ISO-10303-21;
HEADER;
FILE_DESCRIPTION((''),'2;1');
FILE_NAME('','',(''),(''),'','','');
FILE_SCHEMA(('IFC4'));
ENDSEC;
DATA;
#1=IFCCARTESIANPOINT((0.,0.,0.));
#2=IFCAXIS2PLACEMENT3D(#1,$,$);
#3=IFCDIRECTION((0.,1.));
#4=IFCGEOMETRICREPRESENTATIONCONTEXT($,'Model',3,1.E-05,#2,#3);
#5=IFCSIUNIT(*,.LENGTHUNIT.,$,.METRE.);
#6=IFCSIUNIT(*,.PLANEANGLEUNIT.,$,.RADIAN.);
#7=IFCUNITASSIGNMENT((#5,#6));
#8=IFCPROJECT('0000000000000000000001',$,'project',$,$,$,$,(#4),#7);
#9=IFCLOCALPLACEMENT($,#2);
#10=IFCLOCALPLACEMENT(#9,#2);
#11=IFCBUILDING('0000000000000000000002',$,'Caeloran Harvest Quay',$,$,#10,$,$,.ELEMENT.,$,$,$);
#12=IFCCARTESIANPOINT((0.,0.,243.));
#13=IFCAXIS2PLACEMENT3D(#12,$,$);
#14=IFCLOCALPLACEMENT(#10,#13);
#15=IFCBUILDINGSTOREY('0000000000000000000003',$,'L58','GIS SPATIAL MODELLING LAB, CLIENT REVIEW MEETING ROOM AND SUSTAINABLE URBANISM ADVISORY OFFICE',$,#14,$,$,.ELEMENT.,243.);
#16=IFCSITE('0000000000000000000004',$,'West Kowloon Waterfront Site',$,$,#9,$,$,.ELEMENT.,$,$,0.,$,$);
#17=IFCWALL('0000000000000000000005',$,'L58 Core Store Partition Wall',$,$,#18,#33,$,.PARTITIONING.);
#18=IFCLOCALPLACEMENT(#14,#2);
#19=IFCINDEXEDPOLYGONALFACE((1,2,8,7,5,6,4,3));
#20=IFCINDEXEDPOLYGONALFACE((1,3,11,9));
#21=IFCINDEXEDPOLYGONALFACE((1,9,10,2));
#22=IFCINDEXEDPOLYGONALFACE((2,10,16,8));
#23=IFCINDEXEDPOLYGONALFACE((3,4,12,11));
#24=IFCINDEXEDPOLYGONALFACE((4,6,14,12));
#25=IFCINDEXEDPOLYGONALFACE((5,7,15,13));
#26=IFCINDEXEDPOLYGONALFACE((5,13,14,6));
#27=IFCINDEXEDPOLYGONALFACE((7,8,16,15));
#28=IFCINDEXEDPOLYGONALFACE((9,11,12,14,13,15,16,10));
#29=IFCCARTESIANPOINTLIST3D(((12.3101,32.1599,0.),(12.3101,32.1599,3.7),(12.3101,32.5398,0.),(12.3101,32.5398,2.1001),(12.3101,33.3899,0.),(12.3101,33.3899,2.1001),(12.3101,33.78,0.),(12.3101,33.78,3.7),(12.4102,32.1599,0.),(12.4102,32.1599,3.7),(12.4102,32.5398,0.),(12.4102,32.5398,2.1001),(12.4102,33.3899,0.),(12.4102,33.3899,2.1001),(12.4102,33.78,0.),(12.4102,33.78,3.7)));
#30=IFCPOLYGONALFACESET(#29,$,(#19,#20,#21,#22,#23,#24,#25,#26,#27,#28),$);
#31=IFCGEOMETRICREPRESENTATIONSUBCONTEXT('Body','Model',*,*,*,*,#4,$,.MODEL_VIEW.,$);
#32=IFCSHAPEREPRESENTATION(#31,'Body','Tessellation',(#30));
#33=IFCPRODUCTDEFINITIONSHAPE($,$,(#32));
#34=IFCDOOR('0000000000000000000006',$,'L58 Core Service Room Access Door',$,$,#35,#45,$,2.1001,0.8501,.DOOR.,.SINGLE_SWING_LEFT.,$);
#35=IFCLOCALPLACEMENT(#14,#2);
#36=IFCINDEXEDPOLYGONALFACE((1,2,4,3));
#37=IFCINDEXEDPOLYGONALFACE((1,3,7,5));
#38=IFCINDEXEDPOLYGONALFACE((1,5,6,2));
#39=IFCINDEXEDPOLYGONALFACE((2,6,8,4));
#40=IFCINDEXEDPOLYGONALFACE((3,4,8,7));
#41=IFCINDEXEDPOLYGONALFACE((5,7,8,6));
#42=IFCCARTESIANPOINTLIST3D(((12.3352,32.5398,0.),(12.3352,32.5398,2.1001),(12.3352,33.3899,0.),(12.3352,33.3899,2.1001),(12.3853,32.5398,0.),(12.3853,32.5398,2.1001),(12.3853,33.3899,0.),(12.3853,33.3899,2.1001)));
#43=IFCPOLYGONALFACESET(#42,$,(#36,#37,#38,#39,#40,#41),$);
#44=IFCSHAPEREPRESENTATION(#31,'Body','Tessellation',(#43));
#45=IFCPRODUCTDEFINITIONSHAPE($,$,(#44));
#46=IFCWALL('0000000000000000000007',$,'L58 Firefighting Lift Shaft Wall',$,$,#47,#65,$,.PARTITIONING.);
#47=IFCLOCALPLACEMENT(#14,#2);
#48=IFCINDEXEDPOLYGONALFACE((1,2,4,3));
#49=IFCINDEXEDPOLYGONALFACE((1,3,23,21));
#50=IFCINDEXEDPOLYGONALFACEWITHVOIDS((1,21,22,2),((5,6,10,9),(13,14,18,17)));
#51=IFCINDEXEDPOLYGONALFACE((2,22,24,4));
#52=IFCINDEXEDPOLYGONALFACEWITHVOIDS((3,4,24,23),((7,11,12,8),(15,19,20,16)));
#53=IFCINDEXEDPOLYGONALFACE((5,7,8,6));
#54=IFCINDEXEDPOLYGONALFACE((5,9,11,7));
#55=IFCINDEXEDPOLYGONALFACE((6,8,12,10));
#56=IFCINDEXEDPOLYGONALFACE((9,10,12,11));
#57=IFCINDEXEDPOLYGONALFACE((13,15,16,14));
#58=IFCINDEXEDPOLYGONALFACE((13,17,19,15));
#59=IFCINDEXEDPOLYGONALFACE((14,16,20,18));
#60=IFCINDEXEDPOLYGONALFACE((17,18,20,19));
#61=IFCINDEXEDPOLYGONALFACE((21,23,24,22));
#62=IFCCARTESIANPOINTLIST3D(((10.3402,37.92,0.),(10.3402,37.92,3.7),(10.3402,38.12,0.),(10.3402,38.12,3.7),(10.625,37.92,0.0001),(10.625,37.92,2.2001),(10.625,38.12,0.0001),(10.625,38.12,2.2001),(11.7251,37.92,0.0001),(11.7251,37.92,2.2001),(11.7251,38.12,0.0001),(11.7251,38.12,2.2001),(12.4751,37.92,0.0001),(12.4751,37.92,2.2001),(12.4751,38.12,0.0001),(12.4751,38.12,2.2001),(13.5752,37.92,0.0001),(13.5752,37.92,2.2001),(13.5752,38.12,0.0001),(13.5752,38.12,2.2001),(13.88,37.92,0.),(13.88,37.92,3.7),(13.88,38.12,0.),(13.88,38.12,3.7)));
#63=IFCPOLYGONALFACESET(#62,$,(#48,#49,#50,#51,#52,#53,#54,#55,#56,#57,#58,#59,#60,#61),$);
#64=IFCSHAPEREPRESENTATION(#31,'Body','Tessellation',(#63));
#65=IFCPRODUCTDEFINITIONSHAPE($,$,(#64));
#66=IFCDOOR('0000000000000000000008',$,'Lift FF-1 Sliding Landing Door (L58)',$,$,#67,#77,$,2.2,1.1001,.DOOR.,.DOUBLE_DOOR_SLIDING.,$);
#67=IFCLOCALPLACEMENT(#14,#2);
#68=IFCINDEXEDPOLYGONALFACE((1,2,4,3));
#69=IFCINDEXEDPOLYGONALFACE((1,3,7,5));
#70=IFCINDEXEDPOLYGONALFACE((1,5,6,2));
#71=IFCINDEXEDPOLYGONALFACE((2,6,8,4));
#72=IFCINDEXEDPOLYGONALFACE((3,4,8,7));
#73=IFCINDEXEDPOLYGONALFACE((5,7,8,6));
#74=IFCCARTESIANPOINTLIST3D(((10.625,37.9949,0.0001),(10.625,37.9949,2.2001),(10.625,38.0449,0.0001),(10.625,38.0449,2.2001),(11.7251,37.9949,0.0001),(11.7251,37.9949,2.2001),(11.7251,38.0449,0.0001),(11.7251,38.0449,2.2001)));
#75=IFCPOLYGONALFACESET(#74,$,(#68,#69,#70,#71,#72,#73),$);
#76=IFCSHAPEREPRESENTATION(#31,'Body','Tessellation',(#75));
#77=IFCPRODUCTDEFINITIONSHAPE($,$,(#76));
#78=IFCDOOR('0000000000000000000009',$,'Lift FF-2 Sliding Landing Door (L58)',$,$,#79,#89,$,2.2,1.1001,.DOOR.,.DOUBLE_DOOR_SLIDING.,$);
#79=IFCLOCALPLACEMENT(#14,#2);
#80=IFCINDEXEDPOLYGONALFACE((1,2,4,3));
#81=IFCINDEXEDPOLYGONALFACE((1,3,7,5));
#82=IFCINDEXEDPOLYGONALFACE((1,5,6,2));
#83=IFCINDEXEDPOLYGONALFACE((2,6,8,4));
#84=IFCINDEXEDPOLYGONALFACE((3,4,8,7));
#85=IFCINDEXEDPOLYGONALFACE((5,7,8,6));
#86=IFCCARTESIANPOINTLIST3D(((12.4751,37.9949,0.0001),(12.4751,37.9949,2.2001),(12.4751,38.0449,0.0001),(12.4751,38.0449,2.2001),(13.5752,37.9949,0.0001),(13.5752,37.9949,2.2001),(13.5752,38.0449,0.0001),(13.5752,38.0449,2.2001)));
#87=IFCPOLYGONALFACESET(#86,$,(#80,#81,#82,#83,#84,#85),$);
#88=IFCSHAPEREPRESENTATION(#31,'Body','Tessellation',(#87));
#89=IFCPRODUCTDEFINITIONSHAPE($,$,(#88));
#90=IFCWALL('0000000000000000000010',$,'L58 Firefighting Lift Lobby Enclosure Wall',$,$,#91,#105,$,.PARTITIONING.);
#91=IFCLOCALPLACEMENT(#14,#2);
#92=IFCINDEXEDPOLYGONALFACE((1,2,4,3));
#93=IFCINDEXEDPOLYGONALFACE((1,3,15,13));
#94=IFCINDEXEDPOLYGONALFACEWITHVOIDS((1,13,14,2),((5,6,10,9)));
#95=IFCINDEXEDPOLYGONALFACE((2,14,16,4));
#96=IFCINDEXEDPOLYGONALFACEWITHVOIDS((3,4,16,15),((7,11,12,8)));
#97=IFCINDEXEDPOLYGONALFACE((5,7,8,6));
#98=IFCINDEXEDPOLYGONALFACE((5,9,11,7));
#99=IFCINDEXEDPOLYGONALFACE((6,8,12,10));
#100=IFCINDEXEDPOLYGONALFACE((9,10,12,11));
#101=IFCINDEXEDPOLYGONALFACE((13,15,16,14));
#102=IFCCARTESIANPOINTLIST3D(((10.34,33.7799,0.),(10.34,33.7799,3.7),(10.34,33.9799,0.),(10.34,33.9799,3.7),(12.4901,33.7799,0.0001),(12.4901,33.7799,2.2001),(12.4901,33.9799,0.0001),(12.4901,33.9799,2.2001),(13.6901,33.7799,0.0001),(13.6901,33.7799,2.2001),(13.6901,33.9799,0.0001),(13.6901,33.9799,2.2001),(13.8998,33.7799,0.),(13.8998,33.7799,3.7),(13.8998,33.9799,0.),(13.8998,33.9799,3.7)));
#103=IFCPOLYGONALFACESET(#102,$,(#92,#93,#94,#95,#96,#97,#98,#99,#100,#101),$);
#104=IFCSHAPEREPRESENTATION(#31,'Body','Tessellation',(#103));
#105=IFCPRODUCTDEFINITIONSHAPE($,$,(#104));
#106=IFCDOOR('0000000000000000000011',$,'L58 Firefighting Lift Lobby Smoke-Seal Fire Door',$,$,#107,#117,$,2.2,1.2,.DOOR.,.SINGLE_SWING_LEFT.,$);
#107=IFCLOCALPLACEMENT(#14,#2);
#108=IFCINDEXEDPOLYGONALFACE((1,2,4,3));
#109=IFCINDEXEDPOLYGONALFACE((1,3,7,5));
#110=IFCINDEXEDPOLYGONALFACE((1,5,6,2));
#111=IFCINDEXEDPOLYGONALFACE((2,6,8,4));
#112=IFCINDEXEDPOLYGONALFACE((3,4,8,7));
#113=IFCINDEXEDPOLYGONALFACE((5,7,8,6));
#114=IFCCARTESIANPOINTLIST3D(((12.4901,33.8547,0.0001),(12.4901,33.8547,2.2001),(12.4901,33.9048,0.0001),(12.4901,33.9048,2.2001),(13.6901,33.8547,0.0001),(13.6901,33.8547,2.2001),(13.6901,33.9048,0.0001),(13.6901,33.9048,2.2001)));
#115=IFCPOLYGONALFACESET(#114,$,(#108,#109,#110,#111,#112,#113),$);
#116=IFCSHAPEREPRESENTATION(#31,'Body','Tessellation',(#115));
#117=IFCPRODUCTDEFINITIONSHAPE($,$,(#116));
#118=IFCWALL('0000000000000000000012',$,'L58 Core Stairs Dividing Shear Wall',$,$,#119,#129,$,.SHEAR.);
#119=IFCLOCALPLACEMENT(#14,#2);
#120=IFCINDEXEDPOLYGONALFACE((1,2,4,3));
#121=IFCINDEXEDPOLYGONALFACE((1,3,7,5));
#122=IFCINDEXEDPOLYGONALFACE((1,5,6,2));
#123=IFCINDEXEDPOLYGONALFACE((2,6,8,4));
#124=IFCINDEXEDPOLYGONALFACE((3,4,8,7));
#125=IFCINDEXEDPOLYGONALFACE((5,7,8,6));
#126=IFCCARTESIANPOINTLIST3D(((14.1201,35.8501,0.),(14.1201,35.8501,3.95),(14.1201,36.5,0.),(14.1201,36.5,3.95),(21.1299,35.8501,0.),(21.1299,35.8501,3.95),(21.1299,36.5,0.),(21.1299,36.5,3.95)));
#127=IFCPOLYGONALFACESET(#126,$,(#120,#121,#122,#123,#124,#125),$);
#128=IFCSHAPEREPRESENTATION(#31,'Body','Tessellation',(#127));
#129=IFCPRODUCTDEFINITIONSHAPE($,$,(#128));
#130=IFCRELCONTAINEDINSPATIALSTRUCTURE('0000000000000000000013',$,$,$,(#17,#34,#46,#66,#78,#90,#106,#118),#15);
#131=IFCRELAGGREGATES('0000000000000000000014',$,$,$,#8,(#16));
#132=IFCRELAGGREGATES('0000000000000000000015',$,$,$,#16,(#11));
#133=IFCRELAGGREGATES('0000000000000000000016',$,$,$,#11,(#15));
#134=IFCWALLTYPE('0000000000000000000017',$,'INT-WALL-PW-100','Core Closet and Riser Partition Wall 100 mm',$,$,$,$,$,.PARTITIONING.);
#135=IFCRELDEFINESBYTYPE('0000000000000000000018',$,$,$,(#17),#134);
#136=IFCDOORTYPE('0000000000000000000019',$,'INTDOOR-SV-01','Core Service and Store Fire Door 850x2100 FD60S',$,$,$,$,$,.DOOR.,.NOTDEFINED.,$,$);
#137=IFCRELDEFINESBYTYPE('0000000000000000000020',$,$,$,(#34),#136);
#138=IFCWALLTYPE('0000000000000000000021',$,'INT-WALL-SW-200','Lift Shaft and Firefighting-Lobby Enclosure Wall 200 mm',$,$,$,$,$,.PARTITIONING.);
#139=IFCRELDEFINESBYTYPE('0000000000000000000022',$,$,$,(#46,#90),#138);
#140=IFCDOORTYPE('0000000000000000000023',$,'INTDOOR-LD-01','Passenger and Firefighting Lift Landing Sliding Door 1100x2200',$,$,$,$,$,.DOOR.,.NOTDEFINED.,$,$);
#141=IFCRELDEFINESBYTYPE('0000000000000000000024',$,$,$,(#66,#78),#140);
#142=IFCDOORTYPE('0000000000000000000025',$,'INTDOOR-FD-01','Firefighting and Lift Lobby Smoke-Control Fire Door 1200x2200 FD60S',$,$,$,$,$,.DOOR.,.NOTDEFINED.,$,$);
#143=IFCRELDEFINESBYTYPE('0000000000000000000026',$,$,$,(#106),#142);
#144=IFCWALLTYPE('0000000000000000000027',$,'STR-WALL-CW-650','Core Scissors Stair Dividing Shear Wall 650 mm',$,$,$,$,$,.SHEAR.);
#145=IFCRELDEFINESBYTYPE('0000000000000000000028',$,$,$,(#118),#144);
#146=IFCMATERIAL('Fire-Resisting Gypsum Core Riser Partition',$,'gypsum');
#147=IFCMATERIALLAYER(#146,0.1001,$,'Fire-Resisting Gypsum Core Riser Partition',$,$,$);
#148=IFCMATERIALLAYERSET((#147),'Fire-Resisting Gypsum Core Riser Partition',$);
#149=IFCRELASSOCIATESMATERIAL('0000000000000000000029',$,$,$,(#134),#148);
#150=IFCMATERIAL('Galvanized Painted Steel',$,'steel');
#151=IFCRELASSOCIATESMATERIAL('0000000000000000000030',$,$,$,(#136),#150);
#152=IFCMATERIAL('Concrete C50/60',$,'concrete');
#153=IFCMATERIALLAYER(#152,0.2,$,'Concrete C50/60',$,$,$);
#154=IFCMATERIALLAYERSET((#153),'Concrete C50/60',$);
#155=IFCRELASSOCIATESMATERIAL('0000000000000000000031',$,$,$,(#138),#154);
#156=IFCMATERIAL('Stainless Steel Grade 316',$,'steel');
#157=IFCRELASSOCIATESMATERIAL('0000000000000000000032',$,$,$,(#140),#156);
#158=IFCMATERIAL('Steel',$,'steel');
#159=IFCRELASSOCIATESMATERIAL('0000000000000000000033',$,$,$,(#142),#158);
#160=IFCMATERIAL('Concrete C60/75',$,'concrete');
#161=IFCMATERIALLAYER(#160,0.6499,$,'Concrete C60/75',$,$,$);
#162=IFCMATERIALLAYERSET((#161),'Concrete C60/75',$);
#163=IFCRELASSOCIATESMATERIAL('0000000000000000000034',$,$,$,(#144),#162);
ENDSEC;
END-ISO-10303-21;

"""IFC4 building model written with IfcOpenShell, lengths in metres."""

from ifc_helpers import new_model, si_unit, direction, frame, frame_2d, origin, place, context, subcontext, project, spatial, rectangle, extrude, material, layer, layer_set, type_object, element, fill, save


model = new_model("IFC4")

# Units and contexts
model_context = context("Model", 3, precision=1e-05, world=origin(), true_north=direction((0.0, 1.0)))
body_context = subcontext(model_context, "Body", "Model", "MODEL_VIEW")
ifc_project = project(units=[si_unit("LENGTHUNIT", "METRE"), si_unit("PLANEANGLEUNIT", "RADIAN")], contexts=[model_context])

# Site, building, storey
site_placement = place(None, origin())
site = spatial("IfcSite", under=ifc_project, at=site_placement, Name="West Kowloon Waterfront Site", CompositionType="ELEMENT", RefElevation=0.0)
building_placement = place(site_placement, origin())
building = spatial("IfcBuilding", under=site, at=building_placement, Name="Caeloran Harvest Quay", CompositionType="ELEMENT")
storey_placement = place(building_placement, frame((0.0, 0.0, 243.0)))
storey = spatial("IfcBuildingStorey", under=building, at=storey_placement, Name="L58", Description="GIS SPATIAL MODELLING LAB, CLIENT REVIEW MEETING ROOM AND SUSTAINABLE URBANISM ADVISORY OFFICE", CompositionType="ELEMENT", Elevation=243.0)

# Wall, opening, door
ifc_material_1 = material(Name="Fire-Resisting Gypsum Core Riser Partition", Category="gypsum")
ifc_layer_1 = layer(ifc_material_1, 0.1001, Name="Fire-Resisting Gypsum Core Riser Partition")
ifc_layer_set_1 = layer_set([ifc_layer_1], Name="Fire-Resisting Gypsum Core Riser Partition")
wall_type_1 = type_object("IfcWallType", Name="INT-WALL-PW-100", Description="Core Closet and Riser Partition Wall 100 mm", PredefinedType="PARTITIONING", material=ifc_layer_set_1)
wall_1_placement = place(storey_placement, frame((12.3601, 32.1599, 0.0), z_axis=(0.0, 0.0, 1.0), x_axis=(0.0, 1.0, 0.0)))
wall_1 = element("IfcWall", 1, at=wall_1_placement, inside=storey, type_object=wall_type_1, Name="L58 Core Store Partition Wall", PredefinedType="PARTITIONING", context=body_context, shape_type="SweptSolid", body=[
    extrude(rectangle(XDim=1.6201, YDim=0.1001, at=frame_2d((0.8101, 0.0))), origin(), (0.0, 0.0, 1.0), 3.7),
])
opening_1_placement = place(wall_1_placement, frame((0.3799, 0.0, 0.0)))
opening_1 = element("IfcOpeningElement", 2, at=opening_1_placement, cuts=wall_1, PredefinedType="OPENING", context=body_context, shape_type="SweptSolid", body=[
    extrude(rectangle(XDim=0.8501, YDim=2.1001, at=frame_2d((0.425, 1.05))), frame((0.0, 0.0601, 0.0), z_axis=(0.0, -1.0, 0.0), x_axis=(1.0, 0.0, 0.0)), (0.0, 0.0, 1.0), 0.1201),
])
ifc_material_2 = material(Name="Galvanized Painted Steel", Category="steel")
door_type_1 = type_object("IfcDoorType", Name="INTDOOR-SV-01", Description="Core Service and Store Fire Door 850x2100 FD60S", OperationType="NOTDEFINED", PredefinedType="DOOR", material=ifc_material_2)
door_1_placement = place(opening_1_placement, origin())
door_1 = element("IfcDoor", 3, at=door_1_placement, inside=storey, type_object=door_type_1, Name="L58 Core Service Room Access Door", OperationType="SINGLE_SWING_LEFT", OverallHeight=2.1001, OverallWidth=0.8501, PredefinedType="DOOR", context=body_context, shape_type="SweptSolid", body=[
    extrude(rectangle(XDim=0.8501, YDim=2.1001, at=frame_2d((0.425, 1.05))), frame((0.0, 0.0249, 0.0), z_axis=(0.0, -1.0, 0.0), x_axis=(1.0, 0.0, 0.0)), (0.0, 0.0, 1.0), 0.05),
])
fill(opening_1, door_1)

# Wall, openings, doors
ifc_material_3 = material(Name="Concrete C50/60", Category="concrete")
ifc_layer_2 = layer(ifc_material_3, 0.2, Name="Concrete C50/60")
ifc_layer_set_2 = layer_set([ifc_layer_2], Name="Concrete C50/60")
wall_type_2 = type_object("IfcWallType", Name="INT-WALL-SW-200", Description="Lift Shaft and Firefighting-Lobby Enclosure Wall 200 mm", PredefinedType="PARTITIONING", material=ifc_layer_set_2)
wall_2_placement = place(storey_placement, frame((10.3401, 38.02, 0.0), z_axis=(0.0, 0.0, 1.0), x_axis=(1.0, 0.0, 0.0)))
wall_2 = element("IfcWall", 4, at=wall_2_placement, inside=storey, type_object=wall_type_2, Name="L58 Firefighting Lift Shaft Wall", PredefinedType="PARTITIONING", context=body_context, shape_type="SweptSolid", body=[
    extrude(rectangle(XDim=3.5398, YDim=0.2, at=frame_2d((1.77, 0.0))), origin(), (0.0, 0.0, 1.0), 3.7),
])
opening_2_placement = place(wall_2_placement, frame((0.2849, 0.0, 0.0)))
opening_2 = element("IfcOpeningElement", 5, at=opening_2_placement, cuts=wall_2, PredefinedType="OPENING", context=body_context, shape_type="SweptSolid", body=[
    extrude(rectangle(XDim=1.1001, YDim=2.2, at=frame_2d((0.55, 1.1001))), frame((0.0, 0.1099, 0.0), z_axis=(0.0, -1.0, 0.0), x_axis=(1.0, 0.0, 0.0)), (0.0, 0.0, 1.0), 0.22),
])
opening_3_placement = place(wall_2_placement, frame((2.135, 0.0, 0.0)))
opening_3 = element("IfcOpeningElement", 6, at=opening_3_placement, cuts=wall_2, PredefinedType="OPENING", context=body_context, shape_type="SweptSolid", body=[
    extrude(rectangle(XDim=1.1001, YDim=2.2, at=frame_2d((0.55, 1.1001))), frame((0.0, 0.1099, 0.0), z_axis=(0.0, -1.0, 0.0), x_axis=(1.0, 0.0, 0.0)), (0.0, 0.0, 1.0), 0.22),
])
ifc_material_4 = material(Name="Stainless Steel Grade 316", Category="steel")
door_type_2 = type_object("IfcDoorType", Name="INTDOOR-LD-01", Description="Passenger and Firefighting Lift Landing Sliding Door 1100x2200", OperationType="NOTDEFINED", PredefinedType="DOOR", material=ifc_material_4)
door_2_placement = place(opening_2_placement, origin())
door_2 = element("IfcDoor", 7, at=door_2_placement, inside=storey, type_object=door_type_2, Name="Lift FF-1 Sliding Landing Door (L58)", OperationType="DOUBLE_DOOR_SLIDING", OverallHeight=2.2, OverallWidth=1.1001, PredefinedType="DOOR", context=body_context, shape_type="SweptSolid", body=[
    extrude(rectangle(XDim=1.1001, YDim=2.2, at=frame_2d((0.55, 1.1001))), frame((0.0, 0.0249, 0.0), z_axis=(0.0, -1.0, 0.0), x_axis=(1.0, 0.0, 0.0)), (0.0, 0.0, 1.0), 0.05),
])
fill(opening_2, door_2)
door_3_placement = place(opening_3_placement, origin())
door_3 = element("IfcDoor", 8, at=door_3_placement, inside=storey, type_object=door_type_2, Name="Lift FF-2 Sliding Landing Door (L58)", OperationType="DOUBLE_DOOR_SLIDING", OverallHeight=2.2, OverallWidth=1.1001, PredefinedType="DOOR", context=body_context, shape_type="SweptSolid", body=[
    extrude(rectangle(XDim=1.1001, YDim=2.2, at=frame_2d((0.55, 1.1001))), frame((0.0, 0.0249, 0.0), z_axis=(0.0, -1.0, 0.0), x_axis=(1.0, 0.0, 0.0)), (0.0, 0.0, 1.0), 0.05),
])
fill(opening_3, door_3)

# Wall, opening, door
wall_3_placement = place(storey_placement, frame((10.3401, 33.8799, 0.0), z_axis=(0.0, 0.0, 1.0), x_axis=(1.0, 0.0, 0.0)))
wall_3 = element("IfcWall", 9, at=wall_3_placement, inside=storey, type_object=wall_type_2, Name="L58 Firefighting Lift Lobby Enclosure Wall", PredefinedType="PARTITIONING", context=body_context, shape_type="SweptSolid", body=[
    extrude(rectangle(XDim=3.5598, YDim=0.2, at=frame_2d((1.7798, 0.0))), origin(), (0.0, 0.0, 1.0), 3.7),
])
opening_4_placement = place(wall_3_placement, frame((2.1499, 0.0, 0.0)))
opening_4 = element("IfcOpeningElement", 10, at=opening_4_placement, cuts=wall_3, PredefinedType="OPENING", context=body_context, shape_type="SweptSolid", body=[
    extrude(rectangle(XDim=1.2, YDim=2.2, at=frame_2d((0.6001, 1.1001))), frame((0.0, 0.1099, 0.0), z_axis=(0.0, -1.0, 0.0), x_axis=(1.0, 0.0, 0.0)), (0.0, 0.0, 1.0), 0.22),
])
ifc_material_5 = material(Name="Steel", Category="steel")
door_type_3 = type_object("IfcDoorType", Name="INTDOOR-FD-01", Description="Firefighting and Lift Lobby Smoke-Control Fire Door 1200x2200 FD60S", OperationType="NOTDEFINED", PredefinedType="DOOR", material=ifc_material_5)
door_4_placement = place(opening_4_placement, origin())
door_4 = element("IfcDoor", 11, at=door_4_placement, inside=storey, type_object=door_type_3, Name="L58 Firefighting Lift Lobby Smoke-Seal Fire Door", OperationType="SINGLE_SWING_LEFT", OverallHeight=2.2, OverallWidth=1.2, PredefinedType="DOOR", context=body_context, shape_type="SweptSolid", body=[
    extrude(rectangle(XDim=1.2, YDim=2.2, at=frame_2d((0.6001, 1.1001))), frame((0.0, 0.0249, 0.0), z_axis=(0.0, -1.0, 0.0), x_axis=(1.0, 0.0, 0.0)), (0.0, 0.0, 1.0), 0.05),
])
fill(opening_4, door_4)

# Wall
ifc_material_6 = material(Name="Concrete C60/75", Category="concrete")
ifc_layer_3 = layer(ifc_material_6, 0.6499, Name="Concrete C60/75")
ifc_layer_set_3 = layer_set([ifc_layer_3], Name="Concrete C60/75")
wall_type_3 = type_object("IfcWallType", Name="STR-WALL-CW-650", Description="Core Scissors Stair Dividing Shear Wall 650 mm", PredefinedType="SHEAR", material=ifc_layer_set_3)
wall_4_placement = place(storey_placement, frame((14.1201, 36.175, 0.0), z_axis=(0.0, 0.0, 1.0), x_axis=(1.0, 0.0, 0.0)))
element("IfcWall", 12, at=wall_4_placement, inside=storey, type_object=wall_type_3, Name="L58 Core Stairs Dividing Shear Wall", PredefinedType="SHEAR", context=body_context, shape_type="SweptSolid", body=[
    extrude(rectangle(XDim=7.0098, YDim=0.6499, at=frame_2d((3.5049, 0.0))), origin(), (0.0, 0.0, 1.0), 3.95),
])

save(model, "model.ifc")
